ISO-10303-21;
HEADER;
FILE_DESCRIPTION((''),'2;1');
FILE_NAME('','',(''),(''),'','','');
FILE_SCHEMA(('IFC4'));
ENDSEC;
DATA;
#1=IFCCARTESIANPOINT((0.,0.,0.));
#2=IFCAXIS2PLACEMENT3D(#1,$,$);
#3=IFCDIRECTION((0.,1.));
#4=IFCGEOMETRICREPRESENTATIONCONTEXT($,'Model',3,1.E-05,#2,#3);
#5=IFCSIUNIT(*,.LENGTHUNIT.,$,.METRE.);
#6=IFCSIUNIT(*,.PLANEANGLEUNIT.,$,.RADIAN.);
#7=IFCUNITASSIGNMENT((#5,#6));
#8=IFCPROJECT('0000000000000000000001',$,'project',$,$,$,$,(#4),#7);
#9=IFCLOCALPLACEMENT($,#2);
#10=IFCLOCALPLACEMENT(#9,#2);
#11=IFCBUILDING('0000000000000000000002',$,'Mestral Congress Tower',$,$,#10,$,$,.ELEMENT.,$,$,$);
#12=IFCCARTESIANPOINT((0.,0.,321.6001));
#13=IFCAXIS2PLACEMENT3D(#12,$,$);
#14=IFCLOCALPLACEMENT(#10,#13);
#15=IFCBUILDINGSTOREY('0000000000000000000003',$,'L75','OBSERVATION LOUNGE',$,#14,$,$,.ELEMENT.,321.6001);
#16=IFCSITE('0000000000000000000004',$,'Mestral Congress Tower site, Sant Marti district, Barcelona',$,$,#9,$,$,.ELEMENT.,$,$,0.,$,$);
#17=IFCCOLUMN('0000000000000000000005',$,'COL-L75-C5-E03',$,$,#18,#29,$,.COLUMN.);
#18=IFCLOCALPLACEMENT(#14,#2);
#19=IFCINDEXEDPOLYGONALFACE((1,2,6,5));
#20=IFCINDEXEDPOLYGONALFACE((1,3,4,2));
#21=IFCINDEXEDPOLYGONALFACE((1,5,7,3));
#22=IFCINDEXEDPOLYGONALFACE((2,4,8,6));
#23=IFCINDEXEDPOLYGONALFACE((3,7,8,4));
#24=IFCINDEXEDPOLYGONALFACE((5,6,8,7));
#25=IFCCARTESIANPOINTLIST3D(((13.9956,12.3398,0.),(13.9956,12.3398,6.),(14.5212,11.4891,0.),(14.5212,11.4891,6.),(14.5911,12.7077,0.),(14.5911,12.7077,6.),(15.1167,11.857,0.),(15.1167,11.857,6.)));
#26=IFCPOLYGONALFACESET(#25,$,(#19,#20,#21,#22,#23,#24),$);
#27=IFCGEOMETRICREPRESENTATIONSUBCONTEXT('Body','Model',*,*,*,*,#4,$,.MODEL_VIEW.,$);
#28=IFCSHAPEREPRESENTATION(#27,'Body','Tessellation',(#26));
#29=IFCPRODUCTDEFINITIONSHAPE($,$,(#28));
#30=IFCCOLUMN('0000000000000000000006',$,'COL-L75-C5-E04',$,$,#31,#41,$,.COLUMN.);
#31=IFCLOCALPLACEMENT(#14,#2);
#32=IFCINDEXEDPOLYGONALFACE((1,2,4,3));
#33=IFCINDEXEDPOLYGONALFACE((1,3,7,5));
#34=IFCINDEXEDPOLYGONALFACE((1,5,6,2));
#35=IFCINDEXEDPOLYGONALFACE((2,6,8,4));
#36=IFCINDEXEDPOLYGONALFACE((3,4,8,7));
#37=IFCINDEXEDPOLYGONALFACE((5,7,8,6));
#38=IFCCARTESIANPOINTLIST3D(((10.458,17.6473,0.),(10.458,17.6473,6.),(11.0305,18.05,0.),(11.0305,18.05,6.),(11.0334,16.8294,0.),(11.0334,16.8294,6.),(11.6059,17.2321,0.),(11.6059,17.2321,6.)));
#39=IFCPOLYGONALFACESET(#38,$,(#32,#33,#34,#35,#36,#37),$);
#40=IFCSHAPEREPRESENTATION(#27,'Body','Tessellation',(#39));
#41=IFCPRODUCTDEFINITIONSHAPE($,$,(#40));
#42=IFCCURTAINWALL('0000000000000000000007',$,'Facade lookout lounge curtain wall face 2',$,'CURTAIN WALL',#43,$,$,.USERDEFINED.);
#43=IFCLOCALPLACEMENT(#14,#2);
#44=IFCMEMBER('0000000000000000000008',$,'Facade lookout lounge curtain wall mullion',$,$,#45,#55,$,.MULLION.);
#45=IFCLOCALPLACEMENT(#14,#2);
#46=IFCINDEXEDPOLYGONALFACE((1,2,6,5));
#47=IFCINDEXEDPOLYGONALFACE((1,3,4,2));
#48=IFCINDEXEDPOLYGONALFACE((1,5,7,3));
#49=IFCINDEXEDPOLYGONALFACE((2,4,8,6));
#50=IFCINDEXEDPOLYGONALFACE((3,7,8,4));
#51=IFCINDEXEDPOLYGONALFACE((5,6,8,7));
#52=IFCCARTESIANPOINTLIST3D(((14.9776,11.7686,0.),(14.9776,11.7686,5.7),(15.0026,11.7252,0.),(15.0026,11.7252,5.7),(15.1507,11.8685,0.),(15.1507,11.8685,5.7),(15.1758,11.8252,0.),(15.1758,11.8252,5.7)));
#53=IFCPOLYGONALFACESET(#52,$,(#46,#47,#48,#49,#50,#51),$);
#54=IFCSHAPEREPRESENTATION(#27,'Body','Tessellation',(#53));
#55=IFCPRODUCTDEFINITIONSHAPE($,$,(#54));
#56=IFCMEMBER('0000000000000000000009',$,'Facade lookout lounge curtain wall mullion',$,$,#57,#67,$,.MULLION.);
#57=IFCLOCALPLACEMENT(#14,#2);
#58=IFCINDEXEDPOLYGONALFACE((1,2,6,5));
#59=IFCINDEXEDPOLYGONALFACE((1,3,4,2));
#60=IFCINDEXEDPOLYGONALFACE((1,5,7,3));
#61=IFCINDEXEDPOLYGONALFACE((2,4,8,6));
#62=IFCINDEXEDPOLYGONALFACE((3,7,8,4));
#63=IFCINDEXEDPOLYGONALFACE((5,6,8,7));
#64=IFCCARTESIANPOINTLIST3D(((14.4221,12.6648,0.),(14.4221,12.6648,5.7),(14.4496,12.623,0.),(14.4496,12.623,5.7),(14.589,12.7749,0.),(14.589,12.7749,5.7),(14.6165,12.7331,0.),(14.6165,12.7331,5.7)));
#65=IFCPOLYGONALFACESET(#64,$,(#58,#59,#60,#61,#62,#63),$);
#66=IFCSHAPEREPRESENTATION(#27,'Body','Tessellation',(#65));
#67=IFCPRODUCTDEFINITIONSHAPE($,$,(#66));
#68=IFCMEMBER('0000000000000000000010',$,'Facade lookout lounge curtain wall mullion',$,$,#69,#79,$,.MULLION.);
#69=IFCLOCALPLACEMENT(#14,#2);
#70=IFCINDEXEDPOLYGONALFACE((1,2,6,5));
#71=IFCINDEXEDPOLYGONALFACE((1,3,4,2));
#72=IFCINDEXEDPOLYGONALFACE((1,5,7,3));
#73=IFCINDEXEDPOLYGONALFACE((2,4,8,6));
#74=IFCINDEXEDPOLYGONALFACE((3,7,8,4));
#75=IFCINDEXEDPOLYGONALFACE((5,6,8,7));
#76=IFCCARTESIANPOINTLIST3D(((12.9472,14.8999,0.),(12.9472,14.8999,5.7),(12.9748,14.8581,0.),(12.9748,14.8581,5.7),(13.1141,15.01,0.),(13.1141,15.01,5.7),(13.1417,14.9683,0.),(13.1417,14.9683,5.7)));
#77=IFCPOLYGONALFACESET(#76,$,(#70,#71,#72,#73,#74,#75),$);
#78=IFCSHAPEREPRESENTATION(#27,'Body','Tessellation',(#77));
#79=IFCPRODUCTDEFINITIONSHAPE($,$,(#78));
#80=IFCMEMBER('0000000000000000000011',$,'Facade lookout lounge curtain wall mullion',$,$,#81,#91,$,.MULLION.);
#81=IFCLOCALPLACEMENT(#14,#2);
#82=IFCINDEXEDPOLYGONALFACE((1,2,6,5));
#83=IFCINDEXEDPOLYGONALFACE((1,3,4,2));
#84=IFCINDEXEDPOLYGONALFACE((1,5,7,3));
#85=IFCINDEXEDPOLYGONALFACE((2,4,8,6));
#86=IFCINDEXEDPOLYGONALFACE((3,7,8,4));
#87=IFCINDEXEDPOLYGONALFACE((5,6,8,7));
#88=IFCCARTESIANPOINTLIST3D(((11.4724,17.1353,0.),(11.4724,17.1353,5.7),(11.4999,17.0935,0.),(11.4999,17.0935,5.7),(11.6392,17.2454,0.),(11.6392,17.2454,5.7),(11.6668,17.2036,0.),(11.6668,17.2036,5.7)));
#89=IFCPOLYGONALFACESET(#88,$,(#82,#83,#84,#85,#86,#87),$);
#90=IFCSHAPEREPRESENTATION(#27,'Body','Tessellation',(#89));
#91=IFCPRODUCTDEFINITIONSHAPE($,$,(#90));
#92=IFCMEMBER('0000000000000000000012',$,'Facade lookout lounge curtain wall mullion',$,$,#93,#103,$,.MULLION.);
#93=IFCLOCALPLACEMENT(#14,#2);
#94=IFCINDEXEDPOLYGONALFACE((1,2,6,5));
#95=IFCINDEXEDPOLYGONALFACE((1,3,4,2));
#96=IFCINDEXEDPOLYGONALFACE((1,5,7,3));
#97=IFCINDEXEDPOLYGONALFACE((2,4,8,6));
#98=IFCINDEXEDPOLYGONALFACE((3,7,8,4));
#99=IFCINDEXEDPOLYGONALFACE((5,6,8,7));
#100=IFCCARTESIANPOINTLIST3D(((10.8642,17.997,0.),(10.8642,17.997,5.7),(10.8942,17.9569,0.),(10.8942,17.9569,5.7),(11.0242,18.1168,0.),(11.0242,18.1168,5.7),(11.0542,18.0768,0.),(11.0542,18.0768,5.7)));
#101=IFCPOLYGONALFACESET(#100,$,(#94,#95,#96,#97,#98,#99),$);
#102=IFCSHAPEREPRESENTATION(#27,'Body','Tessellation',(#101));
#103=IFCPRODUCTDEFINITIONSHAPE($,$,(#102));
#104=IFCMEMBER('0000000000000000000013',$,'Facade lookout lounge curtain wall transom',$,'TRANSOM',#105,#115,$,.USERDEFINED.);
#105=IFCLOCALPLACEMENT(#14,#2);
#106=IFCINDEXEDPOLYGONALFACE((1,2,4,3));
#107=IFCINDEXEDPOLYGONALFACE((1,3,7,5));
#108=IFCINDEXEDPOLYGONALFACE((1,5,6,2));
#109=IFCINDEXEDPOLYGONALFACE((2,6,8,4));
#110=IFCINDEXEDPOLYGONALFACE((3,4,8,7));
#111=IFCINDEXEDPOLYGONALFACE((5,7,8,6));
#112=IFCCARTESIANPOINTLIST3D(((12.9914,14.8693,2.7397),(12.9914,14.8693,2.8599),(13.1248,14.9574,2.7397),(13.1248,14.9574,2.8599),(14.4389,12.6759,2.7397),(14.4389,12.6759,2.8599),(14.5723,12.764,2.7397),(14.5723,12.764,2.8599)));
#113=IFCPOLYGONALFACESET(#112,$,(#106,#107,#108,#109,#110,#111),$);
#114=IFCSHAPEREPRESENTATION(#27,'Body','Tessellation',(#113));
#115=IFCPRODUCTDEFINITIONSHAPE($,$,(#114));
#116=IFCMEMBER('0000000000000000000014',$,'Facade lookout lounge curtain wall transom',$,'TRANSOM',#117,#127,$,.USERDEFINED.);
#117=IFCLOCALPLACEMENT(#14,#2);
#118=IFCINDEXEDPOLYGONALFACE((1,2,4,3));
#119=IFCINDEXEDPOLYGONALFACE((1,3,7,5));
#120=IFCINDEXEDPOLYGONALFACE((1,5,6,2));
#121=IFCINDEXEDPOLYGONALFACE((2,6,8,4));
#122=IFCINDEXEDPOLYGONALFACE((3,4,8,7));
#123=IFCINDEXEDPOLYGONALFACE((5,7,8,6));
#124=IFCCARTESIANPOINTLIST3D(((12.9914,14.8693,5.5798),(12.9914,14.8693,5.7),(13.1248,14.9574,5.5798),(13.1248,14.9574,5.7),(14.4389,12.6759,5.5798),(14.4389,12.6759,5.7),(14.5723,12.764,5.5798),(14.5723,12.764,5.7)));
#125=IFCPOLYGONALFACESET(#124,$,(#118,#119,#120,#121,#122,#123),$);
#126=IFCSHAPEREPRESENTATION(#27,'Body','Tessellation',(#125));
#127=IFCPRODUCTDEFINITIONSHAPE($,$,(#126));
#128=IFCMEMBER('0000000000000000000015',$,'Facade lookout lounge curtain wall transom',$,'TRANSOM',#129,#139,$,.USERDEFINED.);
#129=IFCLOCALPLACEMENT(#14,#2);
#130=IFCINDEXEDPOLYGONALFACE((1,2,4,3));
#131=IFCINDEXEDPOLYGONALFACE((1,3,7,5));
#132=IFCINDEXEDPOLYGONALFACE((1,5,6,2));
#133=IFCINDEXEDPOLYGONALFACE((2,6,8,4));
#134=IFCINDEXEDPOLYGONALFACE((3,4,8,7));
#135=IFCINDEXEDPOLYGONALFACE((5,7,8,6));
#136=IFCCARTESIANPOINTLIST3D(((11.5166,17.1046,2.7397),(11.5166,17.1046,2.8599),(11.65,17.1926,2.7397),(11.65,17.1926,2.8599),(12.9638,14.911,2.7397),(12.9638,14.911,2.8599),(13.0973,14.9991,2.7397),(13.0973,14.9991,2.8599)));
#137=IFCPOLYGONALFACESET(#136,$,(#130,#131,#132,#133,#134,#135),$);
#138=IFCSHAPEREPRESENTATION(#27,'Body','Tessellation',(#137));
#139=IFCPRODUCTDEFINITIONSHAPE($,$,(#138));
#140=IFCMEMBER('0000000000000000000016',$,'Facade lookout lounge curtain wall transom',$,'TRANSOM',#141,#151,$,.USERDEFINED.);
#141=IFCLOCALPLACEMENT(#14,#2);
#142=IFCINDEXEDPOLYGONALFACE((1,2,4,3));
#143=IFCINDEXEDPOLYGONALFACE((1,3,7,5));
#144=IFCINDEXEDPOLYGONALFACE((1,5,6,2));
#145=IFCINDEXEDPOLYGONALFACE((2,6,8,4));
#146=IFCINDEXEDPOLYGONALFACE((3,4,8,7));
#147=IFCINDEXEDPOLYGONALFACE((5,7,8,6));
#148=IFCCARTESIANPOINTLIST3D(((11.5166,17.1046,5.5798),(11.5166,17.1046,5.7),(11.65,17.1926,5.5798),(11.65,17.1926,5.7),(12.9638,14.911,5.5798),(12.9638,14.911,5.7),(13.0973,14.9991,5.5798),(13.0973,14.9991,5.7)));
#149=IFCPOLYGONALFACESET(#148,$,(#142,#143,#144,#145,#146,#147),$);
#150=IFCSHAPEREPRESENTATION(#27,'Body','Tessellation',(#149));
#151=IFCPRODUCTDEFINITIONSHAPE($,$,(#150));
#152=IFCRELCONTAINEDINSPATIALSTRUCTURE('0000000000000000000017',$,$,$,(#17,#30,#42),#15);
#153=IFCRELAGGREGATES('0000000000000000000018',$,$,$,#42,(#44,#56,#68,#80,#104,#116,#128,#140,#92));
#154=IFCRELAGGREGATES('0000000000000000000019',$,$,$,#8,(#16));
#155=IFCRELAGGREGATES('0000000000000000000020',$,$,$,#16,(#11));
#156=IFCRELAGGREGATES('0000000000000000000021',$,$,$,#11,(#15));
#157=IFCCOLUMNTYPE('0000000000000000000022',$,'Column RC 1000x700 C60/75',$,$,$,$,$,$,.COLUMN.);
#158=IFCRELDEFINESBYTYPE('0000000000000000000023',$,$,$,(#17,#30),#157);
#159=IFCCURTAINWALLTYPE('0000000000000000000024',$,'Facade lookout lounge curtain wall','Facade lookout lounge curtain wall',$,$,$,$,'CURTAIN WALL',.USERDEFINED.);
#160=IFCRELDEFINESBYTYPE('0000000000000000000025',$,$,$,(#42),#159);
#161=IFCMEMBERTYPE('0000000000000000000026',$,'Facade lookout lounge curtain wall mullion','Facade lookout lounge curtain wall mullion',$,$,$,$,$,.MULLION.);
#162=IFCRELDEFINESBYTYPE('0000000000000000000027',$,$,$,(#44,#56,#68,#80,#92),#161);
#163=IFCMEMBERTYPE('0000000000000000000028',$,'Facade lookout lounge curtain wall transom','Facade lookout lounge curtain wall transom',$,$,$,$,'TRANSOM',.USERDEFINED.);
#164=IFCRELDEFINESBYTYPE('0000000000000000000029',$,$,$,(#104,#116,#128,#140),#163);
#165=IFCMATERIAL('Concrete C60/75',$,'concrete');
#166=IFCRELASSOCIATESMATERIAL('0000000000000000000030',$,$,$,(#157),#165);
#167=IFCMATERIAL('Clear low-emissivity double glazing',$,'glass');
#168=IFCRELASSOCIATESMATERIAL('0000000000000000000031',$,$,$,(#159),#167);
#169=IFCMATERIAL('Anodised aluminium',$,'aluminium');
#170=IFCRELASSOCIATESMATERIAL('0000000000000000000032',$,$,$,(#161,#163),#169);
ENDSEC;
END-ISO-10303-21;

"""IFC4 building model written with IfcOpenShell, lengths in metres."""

from ifc_helpers import new_model, si_unit, direction, frame, origin, origin_2d, place, context, subcontext, project, spatial, rectangle, extrude, material, material_profile, profile_set, type_object, element, aggregate, save


model = new_model("IFC4")

# Units and contexts
model_context = context("Model", 3, precision=1e-05, world=origin(), true_north=direction((0.0, 1.0)))
body_context = subcontext(model_context, "Body", "Model", "MODEL_VIEW")
ifc_project = project(units=[si_unit("LENGTHUNIT", "METRE"), si_unit("PLANEANGLEUNIT", "RADIAN")], contexts=[model_context])

# Site, building, storey
site_placement = place(None, origin())
site = spatial("IfcSite", under=ifc_project, at=site_placement, Name="Mestral Congress Tower site, Sant Marti district, Barcelona", CompositionType="ELEMENT", RefElevation=0.0)
building_placement = place(site_placement, origin())
building = spatial("IfcBuilding", under=site, at=building_placement, Name="Mestral Congress Tower", CompositionType="ELEMENT")
storey_placement = place(building_placement, frame((0.0, 0.0, 321.6001)))
storey = spatial("IfcBuildingStorey", under=building, at=storey_placement, Name="L75", Description="OBSERVATION LOUNGE", CompositionType="ELEMENT", Elevation=321.6001)

# Columns
ifc_material_1 = material(Name="Concrete C60/75", Category="concrete")
ifc_material_profile_1 = material_profile(ifc_material_1, rectangle(XDim=1.0, YDim=0.7, at=origin_2d()), Name="RC 1000x700")
ifc_profile_set_1 = profile_set([ifc_material_profile_1], Name="Concrete C60/75")
column_type = type_object("IfcColumnType", Name="Column RC 1000x700 C60/75", PredefinedType="COLUMN", material=ifc_profile_set_1)
for number, where, z_axis, x_axis, name in (
    (1, (14.5562, 12.0984, 0.0), (0.0, 0.0, 1.0), (-0.52561, 0.850726, 0.0), "COL-L75-C5-E03"),
    (2, (11.032, 17.4397, 0.0), (0.0, 0.0, 1.0), (-0.575402, 0.817871, 0.0), "COL-L75-C5-E04"),
):
    element("IfcColumn", number, at=place(storey_placement, frame(where, z_axis=z_axis, x_axis=x_axis)), inside=storey, type_object=column_type, Name=name, PredefinedType="COLUMN", context=body_context, shape_type="SweptSolid", body=[
        extrude(rectangle(XDim=1.0, YDim=0.7, at=origin_2d()), origin(), (0.0, 0.0, 1.0), 6.0),
    ])

# Curtain wall, members
ifc_material_2 = material(Name="Clear low-emissivity double glazing", Category="glass")
curtain_wall_type = type_object("IfcCurtainWallType", Name="Facade lookout lounge curtain wall", Description="Facade lookout lounge curtain wall", ElementType="CURTAIN WALL", PredefinedType="USERDEFINED", material=ifc_material_2)
placement = place(storey_placement, origin())
curtain_wall = element("IfcCurtainWall", 3, at=placement, inside=storey, type_object=curtain_wall_type, Name="Facade lookout lounge curtain wall face 2", ObjectType="CURTAIN WALL", PredefinedType="USERDEFINED")
ifc_material_3 = material(Name="Anodised aluminium", Category="aluminium")
ifc_material_profile_2 = material_profile(ifc_material_3, rectangle(XDim=0.2, YDim=0.05, at=origin_2d()), Name="CW2 mullion 200 x 50")
ifc_profile_set_2 = profile_set([ifc_material_profile_2], Name="Anodised aluminium")
member_type_1 = type_object("IfcMemberType", Name="Facade lookout lounge curtain wall mullion", Description="Facade lookout lounge curtain wall mullion", PredefinedType="MULLION", material=ifc_profile_set_2)
member_1_placement = place(storey_placement, frame((15.0767, 11.7969, 0.0), z_axis=(0.0, 0.0, 1.0), x_axis=(0.866022, 0.500006, 0.0)))
member_1 = element("IfcMember", 4, at=member_1_placement, type_object=member_type_1, Name="Facade lookout lounge curtain wall mullion", PredefinedType="MULLION", context=body_context, shape_type="SweptSolid", body=[
    extrude(rectangle(XDim=0.2, YDim=0.05, at=origin_2d()), origin(), (0.0, 0.0, 1.0), 5.7),
])
member_2_placement = place(storey_placement, frame((14.5193, 12.699, 0.0), z_axis=(0.0, 0.0, 1.0), x_axis=(0.834675, 0.550743, 0.0)))
member_2 = element("IfcMember", 5, at=member_2_placement, type_object=member_type_1, Name="Facade lookout lounge curtain wall mullion", PredefinedType="MULLION", context=body_context, shape_type="SweptSolid", body=[
    extrude(rectangle(XDim=0.2, YDim=0.05, at=origin_2d()), origin(), (0.0, 0.0, 1.0), 5.7),
])
member_3_placement = place(storey_placement, frame((13.0444, 14.9341, 0.0), z_axis=(0.0, 0.0, 1.0), x_axis=(0.834675, 0.550743, 0.0)))
member_3 = element("IfcMember", 6, at=member_3_placement, type_object=member_type_1, Name="Facade lookout lounge curtain wall mullion", PredefinedType="MULLION", context=body_context, shape_type="SweptSolid", body=[
    extrude(rectangle(XDim=0.2, YDim=0.05, at=origin_2d()), origin(), (0.0, 0.0, 1.0), 5.7),
])
member_4_placement = place(storey_placement, frame((11.5696, 17.1694, 0.0), z_axis=(0.0, 0.0, 1.0), x_axis=(0.834675, 0.550743, 0.0)))
member_4 = element("IfcMember", 7, at=member_4_placement, type_object=member_type_1, Name="Facade lookout lounge curtain wall mullion", PredefinedType="MULLION", context=body_context, shape_type="SweptSolid", body=[
    extrude(rectangle(XDim=0.2, YDim=0.05, at=origin_2d()), origin(), (0.0, 0.0, 1.0), 5.7),
])
member_5_placement = place(storey_placement, frame((10.9592, 18.0369, 0.0), z_axis=(0.0, 0.0, 1.0), x_axis=(0.800343, 0.599542, 0.0)))
member_5 = element("IfcMember", 8, at=member_5_placement, type_object=member_type_1, Name="Facade lookout lounge curtain wall mullion", PredefinedType="MULLION", context=body_context, shape_type="SweptSolid", body=[
    extrude(rectangle(XDim=0.2, YDim=0.05, at=origin_2d()), origin(), (0.0, 0.0, 1.0), 5.7),
])
ifc_material_profile_3 = material_profile(ifc_material_3, rectangle(XDim=0.1599, YDim=0.1201, at=origin_2d()), Name="CW2 transom 160 x 120")
ifc_profile_set_3 = profile_set([ifc_material_profile_3], Name="Anodised aluminium")
member_type_2 = type_object("IfcMemberType", Name="Facade lookout lounge curtain wall transom", Description="Facade lookout lounge curtain wall transom", ElementType="TRANSOM", PredefinedType="USERDEFINED", material=ifc_profile_set_3)
member_6_placement = place(storey_placement, frame((14.5056, 12.72, 2.7998), z_axis=(-0.550814, 0.834628, 0.0), x_axis=(-0.834628, -0.550814, 0.0)))
member_6 = element("IfcMember", 9, at=member_6_placement, type_object=member_type_2, Name="Facade lookout lounge curtain wall transom", ObjectType="TRANSOM", PredefinedType="USERDEFINED", context=body_context, shape_type="SweptSolid", body=[
    extrude(rectangle(XDim=0.1599, YDim=0.1201, at=origin_2d()), origin(), (0.0, 0.0, 1.0), 2.6279),
])
member_7_placement = place(storey_placement, frame((14.5056, 12.72, 5.6399), z_axis=(-0.550814, 0.834628, 0.0), x_axis=(-0.834628, -0.550814, 0.0)))
member_7 = element("IfcMember", 10, at=member_7_placement, type_object=member_type_2, Name="Facade lookout lounge curtain wall transom", ObjectType="TRANSOM", PredefinedType="USERDEFINED", context=body_context, shape_type="SweptSolid", body=[
    extrude(rectangle(XDim=0.1599, YDim=0.1201, at=origin_2d()), origin(), (0.0, 0.0, 1.0), 2.6279),
])
member_8_placement = place(storey_placement, frame((13.0305, 14.9551, 2.7998), z_axis=(-0.550706, 0.834699, 0.0), x_axis=(-0.834699, -0.550706, 0.0)))
member_8 = element("IfcMember", 11, at=member_8_placement, type_object=member_type_2, Name="Facade lookout lounge curtain wall transom", ObjectType="TRANSOM", PredefinedType="USERDEFINED", context=body_context, shape_type="SweptSolid", body=[
    extrude(rectangle(XDim=0.1599, YDim=0.1201, at=origin_2d()), origin(), (0.0, 0.0, 1.0), 2.6279),
])
member_9_placement = place(storey_placement, frame((13.0305, 14.9551, 5.6399), z_axis=(-0.550706, 0.834699, 0.0), x_axis=(-0.834699, -0.550706, 0.0)))
member_9 = element("IfcMember", 12, at=member_9_placement, type_object=member_type_2, Name="Facade lookout lounge curtain wall transom", ObjectType="TRANSOM", PredefinedType="USERDEFINED", context=body_context, shape_type="SweptSolid", body=[
    extrude(rectangle(XDim=0.1599, YDim=0.1201, at=origin_2d()), origin(), (0.0, 0.0, 1.0), 2.6279),
])

aggregate(curtain_wall, [member_1, member_2, member_3, member_4, member_6, member_7, member_8, member_9, member_5])

save(model, "model.ifc")
